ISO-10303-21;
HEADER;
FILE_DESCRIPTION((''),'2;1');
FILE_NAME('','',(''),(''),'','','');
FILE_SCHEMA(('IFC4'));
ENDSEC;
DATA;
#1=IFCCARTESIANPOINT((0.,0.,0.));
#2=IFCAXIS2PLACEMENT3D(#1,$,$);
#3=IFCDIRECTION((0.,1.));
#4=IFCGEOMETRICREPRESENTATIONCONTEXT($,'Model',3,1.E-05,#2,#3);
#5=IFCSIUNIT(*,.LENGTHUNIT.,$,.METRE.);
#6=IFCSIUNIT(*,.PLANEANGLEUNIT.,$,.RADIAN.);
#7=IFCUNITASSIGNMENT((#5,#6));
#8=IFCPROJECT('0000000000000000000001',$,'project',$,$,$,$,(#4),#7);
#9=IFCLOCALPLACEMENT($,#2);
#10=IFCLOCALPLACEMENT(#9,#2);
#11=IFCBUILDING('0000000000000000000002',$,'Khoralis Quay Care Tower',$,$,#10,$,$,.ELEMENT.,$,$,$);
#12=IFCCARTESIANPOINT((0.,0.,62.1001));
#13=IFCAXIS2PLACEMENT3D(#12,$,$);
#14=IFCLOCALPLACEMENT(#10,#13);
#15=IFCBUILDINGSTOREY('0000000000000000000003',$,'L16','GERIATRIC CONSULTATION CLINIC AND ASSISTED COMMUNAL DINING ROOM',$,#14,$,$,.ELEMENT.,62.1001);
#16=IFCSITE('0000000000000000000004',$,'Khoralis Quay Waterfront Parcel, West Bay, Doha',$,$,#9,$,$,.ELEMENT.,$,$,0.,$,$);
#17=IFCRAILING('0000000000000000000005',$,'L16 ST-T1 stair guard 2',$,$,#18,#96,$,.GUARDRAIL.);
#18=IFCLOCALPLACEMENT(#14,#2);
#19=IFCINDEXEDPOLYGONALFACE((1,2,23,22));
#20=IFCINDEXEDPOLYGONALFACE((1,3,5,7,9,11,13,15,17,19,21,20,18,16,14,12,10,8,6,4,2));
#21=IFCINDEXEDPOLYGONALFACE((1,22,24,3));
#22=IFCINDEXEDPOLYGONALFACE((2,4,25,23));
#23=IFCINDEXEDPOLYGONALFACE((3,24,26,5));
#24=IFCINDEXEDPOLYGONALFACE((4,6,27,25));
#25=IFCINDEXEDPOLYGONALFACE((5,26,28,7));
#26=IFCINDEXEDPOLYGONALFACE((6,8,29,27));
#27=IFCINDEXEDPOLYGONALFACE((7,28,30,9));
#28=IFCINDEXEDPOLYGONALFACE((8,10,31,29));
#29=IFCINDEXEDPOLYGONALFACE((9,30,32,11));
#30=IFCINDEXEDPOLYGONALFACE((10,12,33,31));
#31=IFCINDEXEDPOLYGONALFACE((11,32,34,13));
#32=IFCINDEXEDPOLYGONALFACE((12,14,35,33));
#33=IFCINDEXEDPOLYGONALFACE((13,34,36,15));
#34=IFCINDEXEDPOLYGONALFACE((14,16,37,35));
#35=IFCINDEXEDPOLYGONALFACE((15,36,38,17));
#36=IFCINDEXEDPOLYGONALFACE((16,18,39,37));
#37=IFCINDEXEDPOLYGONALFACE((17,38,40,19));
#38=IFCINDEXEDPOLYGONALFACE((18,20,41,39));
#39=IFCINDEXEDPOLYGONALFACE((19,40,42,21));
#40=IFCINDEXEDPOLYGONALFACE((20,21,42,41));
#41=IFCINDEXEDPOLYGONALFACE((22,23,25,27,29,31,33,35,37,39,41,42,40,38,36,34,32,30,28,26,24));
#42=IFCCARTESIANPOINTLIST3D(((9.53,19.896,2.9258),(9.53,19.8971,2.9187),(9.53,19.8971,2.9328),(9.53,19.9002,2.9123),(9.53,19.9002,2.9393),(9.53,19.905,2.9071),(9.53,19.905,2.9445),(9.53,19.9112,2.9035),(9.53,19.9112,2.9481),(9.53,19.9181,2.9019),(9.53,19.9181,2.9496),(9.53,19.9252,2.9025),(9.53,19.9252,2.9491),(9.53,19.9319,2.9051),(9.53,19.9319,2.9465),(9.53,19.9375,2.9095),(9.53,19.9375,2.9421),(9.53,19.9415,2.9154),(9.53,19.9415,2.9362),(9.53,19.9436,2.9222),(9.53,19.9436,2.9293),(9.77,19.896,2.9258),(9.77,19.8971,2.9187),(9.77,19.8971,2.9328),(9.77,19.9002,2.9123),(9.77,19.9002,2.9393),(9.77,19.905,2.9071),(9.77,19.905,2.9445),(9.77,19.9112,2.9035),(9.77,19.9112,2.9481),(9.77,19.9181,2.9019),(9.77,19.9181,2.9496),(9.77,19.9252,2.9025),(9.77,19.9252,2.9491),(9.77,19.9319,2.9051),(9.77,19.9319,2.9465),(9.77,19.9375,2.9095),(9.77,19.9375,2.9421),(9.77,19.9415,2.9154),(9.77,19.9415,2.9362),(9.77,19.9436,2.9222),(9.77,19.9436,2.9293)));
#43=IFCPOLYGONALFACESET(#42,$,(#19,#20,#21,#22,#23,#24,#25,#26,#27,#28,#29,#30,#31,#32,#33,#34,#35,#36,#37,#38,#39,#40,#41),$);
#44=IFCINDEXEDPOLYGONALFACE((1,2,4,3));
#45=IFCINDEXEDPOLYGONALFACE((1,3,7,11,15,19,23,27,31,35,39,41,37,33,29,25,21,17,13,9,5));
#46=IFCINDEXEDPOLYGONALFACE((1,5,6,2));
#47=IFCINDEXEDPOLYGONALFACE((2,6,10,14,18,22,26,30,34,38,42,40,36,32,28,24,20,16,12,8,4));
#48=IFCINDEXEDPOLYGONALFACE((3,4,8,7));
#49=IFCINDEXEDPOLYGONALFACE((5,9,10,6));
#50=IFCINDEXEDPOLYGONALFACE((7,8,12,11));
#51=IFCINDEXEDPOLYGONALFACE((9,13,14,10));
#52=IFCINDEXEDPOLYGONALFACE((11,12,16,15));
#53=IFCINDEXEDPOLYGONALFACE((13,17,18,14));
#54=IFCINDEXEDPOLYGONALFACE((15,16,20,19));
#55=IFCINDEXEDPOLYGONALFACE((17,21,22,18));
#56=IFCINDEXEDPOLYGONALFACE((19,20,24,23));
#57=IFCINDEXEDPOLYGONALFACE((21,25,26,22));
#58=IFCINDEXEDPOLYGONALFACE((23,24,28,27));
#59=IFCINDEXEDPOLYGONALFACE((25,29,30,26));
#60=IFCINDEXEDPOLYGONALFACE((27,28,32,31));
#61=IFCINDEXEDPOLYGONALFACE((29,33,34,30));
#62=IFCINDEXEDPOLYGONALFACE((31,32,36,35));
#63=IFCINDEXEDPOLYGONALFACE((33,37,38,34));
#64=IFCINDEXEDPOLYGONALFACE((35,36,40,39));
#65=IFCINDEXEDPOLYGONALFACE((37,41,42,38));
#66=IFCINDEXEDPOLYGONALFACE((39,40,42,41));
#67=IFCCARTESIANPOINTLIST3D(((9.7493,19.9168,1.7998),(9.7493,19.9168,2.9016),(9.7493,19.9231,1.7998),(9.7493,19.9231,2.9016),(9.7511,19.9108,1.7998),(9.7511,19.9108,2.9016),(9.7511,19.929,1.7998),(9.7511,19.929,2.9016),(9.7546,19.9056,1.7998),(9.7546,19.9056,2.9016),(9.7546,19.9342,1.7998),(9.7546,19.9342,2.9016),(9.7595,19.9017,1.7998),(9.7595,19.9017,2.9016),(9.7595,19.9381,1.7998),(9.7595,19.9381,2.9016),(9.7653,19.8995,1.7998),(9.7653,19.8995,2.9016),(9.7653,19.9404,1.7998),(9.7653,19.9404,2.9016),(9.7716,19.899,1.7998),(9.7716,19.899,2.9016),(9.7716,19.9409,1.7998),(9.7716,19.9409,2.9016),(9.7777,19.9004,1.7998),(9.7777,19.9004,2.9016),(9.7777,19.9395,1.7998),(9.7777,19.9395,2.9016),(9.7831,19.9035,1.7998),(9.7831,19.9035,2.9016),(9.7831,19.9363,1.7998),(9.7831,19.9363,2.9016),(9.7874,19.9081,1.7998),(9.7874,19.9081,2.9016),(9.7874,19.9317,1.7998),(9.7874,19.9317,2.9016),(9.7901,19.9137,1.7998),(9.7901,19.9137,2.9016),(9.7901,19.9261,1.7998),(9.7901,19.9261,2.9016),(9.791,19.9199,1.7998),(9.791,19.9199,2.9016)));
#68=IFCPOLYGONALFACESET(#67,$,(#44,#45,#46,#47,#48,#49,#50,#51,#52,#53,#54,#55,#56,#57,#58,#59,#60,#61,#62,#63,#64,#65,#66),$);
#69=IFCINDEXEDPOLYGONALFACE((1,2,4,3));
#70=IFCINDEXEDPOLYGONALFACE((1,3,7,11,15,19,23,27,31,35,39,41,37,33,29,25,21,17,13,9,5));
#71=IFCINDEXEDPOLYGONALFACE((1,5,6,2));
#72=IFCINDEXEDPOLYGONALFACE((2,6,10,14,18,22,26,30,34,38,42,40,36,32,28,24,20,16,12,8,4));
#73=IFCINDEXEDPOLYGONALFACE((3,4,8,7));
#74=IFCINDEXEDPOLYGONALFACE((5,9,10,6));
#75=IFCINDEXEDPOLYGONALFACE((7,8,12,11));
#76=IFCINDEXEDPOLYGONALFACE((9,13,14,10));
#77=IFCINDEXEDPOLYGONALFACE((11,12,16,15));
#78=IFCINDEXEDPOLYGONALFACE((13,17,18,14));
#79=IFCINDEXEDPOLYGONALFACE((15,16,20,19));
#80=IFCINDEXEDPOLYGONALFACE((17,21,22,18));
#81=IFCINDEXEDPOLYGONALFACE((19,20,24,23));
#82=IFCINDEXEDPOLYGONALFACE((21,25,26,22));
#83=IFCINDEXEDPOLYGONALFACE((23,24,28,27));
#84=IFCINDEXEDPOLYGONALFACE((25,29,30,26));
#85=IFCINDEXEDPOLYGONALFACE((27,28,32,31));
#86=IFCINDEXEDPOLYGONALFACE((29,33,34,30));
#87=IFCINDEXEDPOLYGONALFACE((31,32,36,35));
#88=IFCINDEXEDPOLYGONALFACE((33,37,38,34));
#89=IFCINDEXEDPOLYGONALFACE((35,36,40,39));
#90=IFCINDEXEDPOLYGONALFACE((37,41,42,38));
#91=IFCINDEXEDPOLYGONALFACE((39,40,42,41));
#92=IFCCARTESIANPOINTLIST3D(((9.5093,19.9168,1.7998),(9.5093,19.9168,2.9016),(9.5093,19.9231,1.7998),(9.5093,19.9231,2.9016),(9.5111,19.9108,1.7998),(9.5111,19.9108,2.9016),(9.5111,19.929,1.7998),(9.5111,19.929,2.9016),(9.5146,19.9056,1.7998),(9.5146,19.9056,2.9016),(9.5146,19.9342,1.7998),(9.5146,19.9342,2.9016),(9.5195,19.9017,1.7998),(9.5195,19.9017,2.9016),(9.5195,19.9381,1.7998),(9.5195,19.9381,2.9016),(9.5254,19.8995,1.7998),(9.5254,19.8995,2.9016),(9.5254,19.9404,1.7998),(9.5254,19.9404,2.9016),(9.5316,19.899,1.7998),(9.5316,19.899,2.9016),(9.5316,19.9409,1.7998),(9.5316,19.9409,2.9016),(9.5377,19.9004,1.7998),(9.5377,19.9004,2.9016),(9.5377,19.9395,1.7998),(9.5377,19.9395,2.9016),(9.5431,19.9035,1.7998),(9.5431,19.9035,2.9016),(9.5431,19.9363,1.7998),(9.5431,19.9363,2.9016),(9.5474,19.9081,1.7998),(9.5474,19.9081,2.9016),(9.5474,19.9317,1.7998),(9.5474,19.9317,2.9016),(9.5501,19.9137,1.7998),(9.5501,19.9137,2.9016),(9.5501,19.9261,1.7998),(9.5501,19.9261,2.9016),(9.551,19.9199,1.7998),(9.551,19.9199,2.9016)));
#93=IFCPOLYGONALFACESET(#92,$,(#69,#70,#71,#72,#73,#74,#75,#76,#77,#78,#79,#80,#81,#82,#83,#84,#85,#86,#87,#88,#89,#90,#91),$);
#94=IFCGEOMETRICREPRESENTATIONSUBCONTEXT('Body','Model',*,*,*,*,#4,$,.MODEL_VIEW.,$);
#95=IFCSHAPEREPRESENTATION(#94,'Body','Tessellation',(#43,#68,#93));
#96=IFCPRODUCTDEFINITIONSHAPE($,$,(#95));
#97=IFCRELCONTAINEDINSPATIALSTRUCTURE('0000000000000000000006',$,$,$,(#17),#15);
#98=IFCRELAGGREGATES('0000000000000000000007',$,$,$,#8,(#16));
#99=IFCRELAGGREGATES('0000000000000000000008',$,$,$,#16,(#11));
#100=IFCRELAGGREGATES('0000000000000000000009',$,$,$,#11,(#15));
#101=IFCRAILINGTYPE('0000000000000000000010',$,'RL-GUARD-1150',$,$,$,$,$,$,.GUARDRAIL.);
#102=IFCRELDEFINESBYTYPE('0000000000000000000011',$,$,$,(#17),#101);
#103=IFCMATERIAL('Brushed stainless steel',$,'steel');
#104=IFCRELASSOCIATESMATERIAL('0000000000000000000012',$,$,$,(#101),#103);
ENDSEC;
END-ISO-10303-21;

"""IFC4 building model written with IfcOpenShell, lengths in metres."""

from ifc_helpers import new_model, si_unit, direction, frame, origin, origin_2d, place, context, subcontext, project, spatial, circle, extrude, material, type_object, element, save


model = new_model("IFC4")

# Units and contexts
model_context = context("Model", 3, precision=1e-05, world=origin(), true_north=direction((0.0, 1.0)))
body_context = subcontext(model_context, "Body", "Model", "MODEL_VIEW")
ifc_project = project(units=[si_unit("LENGTHUNIT", "METRE"), si_unit("PLANEANGLEUNIT", "RADIAN")], contexts=[model_context])

# Site, building, storey
site_placement = place(None, origin())
site = spatial("IfcSite", under=ifc_project, at=site_placement, Name="Khoralis Quay Waterfront Parcel, West Bay, Doha", CompositionType="ELEMENT", RefElevation=0.0)
building_placement = place(site_placement, origin())
building = spatial("IfcBuilding", under=site, at=building_placement, Name="Khoralis Quay Care Tower", CompositionType="ELEMENT")
storey_placement = place(building_placement, frame((0.0, 0.0, 62.1001)))
storey = spatial("IfcBuildingStorey", under=building, at=storey_placement, Name="L16", Description="GERIATRIC CONSULTATION CLINIC AND ASSISTED COMMUNAL DINING ROOM", CompositionType="ELEMENT", Elevation=62.1001)

# Shared definitions
ifc_material_1 = material(Name="Brushed stainless steel", Category="steel")

# Railing
railing_type_1 = type_object("IfcRailingType", Name="RL-GUARD-1150", PredefinedType="GUARDRAIL", material=ifc_material_1)
railing_1_placement = place(storey_placement, frame((9.77, 19.9199, 1.7998)))
element("IfcRailing", 1, at=railing_1_placement, inside=storey, type_object=railing_type_1, Name="L16 ST-T1 stair guard 2", PredefinedType="GUARDRAIL", context=body_context, shape_type="SweptSolid", body=[
    extrude(circle(Radius=0.0239, at=origin_2d()), frame((0.0, 0.0, 1.126), z_axis=(-1.0, 0.0, 0.0), x_axis=(0.0, -1.0, 0.0)), (0.0, 0.0, 1.0), 0.24),
    extrude(circle(Radius=0.021, at=origin_2d()), origin(), (0.0, 0.0, 1.0), 1.1018),
    extrude(circle(Radius=0.021, at=origin_2d()), frame((-0.24, 0.0, 0.0)), (0.0, 0.0, 1.0), 1.1018),
])

save(model, "model.ifc")
